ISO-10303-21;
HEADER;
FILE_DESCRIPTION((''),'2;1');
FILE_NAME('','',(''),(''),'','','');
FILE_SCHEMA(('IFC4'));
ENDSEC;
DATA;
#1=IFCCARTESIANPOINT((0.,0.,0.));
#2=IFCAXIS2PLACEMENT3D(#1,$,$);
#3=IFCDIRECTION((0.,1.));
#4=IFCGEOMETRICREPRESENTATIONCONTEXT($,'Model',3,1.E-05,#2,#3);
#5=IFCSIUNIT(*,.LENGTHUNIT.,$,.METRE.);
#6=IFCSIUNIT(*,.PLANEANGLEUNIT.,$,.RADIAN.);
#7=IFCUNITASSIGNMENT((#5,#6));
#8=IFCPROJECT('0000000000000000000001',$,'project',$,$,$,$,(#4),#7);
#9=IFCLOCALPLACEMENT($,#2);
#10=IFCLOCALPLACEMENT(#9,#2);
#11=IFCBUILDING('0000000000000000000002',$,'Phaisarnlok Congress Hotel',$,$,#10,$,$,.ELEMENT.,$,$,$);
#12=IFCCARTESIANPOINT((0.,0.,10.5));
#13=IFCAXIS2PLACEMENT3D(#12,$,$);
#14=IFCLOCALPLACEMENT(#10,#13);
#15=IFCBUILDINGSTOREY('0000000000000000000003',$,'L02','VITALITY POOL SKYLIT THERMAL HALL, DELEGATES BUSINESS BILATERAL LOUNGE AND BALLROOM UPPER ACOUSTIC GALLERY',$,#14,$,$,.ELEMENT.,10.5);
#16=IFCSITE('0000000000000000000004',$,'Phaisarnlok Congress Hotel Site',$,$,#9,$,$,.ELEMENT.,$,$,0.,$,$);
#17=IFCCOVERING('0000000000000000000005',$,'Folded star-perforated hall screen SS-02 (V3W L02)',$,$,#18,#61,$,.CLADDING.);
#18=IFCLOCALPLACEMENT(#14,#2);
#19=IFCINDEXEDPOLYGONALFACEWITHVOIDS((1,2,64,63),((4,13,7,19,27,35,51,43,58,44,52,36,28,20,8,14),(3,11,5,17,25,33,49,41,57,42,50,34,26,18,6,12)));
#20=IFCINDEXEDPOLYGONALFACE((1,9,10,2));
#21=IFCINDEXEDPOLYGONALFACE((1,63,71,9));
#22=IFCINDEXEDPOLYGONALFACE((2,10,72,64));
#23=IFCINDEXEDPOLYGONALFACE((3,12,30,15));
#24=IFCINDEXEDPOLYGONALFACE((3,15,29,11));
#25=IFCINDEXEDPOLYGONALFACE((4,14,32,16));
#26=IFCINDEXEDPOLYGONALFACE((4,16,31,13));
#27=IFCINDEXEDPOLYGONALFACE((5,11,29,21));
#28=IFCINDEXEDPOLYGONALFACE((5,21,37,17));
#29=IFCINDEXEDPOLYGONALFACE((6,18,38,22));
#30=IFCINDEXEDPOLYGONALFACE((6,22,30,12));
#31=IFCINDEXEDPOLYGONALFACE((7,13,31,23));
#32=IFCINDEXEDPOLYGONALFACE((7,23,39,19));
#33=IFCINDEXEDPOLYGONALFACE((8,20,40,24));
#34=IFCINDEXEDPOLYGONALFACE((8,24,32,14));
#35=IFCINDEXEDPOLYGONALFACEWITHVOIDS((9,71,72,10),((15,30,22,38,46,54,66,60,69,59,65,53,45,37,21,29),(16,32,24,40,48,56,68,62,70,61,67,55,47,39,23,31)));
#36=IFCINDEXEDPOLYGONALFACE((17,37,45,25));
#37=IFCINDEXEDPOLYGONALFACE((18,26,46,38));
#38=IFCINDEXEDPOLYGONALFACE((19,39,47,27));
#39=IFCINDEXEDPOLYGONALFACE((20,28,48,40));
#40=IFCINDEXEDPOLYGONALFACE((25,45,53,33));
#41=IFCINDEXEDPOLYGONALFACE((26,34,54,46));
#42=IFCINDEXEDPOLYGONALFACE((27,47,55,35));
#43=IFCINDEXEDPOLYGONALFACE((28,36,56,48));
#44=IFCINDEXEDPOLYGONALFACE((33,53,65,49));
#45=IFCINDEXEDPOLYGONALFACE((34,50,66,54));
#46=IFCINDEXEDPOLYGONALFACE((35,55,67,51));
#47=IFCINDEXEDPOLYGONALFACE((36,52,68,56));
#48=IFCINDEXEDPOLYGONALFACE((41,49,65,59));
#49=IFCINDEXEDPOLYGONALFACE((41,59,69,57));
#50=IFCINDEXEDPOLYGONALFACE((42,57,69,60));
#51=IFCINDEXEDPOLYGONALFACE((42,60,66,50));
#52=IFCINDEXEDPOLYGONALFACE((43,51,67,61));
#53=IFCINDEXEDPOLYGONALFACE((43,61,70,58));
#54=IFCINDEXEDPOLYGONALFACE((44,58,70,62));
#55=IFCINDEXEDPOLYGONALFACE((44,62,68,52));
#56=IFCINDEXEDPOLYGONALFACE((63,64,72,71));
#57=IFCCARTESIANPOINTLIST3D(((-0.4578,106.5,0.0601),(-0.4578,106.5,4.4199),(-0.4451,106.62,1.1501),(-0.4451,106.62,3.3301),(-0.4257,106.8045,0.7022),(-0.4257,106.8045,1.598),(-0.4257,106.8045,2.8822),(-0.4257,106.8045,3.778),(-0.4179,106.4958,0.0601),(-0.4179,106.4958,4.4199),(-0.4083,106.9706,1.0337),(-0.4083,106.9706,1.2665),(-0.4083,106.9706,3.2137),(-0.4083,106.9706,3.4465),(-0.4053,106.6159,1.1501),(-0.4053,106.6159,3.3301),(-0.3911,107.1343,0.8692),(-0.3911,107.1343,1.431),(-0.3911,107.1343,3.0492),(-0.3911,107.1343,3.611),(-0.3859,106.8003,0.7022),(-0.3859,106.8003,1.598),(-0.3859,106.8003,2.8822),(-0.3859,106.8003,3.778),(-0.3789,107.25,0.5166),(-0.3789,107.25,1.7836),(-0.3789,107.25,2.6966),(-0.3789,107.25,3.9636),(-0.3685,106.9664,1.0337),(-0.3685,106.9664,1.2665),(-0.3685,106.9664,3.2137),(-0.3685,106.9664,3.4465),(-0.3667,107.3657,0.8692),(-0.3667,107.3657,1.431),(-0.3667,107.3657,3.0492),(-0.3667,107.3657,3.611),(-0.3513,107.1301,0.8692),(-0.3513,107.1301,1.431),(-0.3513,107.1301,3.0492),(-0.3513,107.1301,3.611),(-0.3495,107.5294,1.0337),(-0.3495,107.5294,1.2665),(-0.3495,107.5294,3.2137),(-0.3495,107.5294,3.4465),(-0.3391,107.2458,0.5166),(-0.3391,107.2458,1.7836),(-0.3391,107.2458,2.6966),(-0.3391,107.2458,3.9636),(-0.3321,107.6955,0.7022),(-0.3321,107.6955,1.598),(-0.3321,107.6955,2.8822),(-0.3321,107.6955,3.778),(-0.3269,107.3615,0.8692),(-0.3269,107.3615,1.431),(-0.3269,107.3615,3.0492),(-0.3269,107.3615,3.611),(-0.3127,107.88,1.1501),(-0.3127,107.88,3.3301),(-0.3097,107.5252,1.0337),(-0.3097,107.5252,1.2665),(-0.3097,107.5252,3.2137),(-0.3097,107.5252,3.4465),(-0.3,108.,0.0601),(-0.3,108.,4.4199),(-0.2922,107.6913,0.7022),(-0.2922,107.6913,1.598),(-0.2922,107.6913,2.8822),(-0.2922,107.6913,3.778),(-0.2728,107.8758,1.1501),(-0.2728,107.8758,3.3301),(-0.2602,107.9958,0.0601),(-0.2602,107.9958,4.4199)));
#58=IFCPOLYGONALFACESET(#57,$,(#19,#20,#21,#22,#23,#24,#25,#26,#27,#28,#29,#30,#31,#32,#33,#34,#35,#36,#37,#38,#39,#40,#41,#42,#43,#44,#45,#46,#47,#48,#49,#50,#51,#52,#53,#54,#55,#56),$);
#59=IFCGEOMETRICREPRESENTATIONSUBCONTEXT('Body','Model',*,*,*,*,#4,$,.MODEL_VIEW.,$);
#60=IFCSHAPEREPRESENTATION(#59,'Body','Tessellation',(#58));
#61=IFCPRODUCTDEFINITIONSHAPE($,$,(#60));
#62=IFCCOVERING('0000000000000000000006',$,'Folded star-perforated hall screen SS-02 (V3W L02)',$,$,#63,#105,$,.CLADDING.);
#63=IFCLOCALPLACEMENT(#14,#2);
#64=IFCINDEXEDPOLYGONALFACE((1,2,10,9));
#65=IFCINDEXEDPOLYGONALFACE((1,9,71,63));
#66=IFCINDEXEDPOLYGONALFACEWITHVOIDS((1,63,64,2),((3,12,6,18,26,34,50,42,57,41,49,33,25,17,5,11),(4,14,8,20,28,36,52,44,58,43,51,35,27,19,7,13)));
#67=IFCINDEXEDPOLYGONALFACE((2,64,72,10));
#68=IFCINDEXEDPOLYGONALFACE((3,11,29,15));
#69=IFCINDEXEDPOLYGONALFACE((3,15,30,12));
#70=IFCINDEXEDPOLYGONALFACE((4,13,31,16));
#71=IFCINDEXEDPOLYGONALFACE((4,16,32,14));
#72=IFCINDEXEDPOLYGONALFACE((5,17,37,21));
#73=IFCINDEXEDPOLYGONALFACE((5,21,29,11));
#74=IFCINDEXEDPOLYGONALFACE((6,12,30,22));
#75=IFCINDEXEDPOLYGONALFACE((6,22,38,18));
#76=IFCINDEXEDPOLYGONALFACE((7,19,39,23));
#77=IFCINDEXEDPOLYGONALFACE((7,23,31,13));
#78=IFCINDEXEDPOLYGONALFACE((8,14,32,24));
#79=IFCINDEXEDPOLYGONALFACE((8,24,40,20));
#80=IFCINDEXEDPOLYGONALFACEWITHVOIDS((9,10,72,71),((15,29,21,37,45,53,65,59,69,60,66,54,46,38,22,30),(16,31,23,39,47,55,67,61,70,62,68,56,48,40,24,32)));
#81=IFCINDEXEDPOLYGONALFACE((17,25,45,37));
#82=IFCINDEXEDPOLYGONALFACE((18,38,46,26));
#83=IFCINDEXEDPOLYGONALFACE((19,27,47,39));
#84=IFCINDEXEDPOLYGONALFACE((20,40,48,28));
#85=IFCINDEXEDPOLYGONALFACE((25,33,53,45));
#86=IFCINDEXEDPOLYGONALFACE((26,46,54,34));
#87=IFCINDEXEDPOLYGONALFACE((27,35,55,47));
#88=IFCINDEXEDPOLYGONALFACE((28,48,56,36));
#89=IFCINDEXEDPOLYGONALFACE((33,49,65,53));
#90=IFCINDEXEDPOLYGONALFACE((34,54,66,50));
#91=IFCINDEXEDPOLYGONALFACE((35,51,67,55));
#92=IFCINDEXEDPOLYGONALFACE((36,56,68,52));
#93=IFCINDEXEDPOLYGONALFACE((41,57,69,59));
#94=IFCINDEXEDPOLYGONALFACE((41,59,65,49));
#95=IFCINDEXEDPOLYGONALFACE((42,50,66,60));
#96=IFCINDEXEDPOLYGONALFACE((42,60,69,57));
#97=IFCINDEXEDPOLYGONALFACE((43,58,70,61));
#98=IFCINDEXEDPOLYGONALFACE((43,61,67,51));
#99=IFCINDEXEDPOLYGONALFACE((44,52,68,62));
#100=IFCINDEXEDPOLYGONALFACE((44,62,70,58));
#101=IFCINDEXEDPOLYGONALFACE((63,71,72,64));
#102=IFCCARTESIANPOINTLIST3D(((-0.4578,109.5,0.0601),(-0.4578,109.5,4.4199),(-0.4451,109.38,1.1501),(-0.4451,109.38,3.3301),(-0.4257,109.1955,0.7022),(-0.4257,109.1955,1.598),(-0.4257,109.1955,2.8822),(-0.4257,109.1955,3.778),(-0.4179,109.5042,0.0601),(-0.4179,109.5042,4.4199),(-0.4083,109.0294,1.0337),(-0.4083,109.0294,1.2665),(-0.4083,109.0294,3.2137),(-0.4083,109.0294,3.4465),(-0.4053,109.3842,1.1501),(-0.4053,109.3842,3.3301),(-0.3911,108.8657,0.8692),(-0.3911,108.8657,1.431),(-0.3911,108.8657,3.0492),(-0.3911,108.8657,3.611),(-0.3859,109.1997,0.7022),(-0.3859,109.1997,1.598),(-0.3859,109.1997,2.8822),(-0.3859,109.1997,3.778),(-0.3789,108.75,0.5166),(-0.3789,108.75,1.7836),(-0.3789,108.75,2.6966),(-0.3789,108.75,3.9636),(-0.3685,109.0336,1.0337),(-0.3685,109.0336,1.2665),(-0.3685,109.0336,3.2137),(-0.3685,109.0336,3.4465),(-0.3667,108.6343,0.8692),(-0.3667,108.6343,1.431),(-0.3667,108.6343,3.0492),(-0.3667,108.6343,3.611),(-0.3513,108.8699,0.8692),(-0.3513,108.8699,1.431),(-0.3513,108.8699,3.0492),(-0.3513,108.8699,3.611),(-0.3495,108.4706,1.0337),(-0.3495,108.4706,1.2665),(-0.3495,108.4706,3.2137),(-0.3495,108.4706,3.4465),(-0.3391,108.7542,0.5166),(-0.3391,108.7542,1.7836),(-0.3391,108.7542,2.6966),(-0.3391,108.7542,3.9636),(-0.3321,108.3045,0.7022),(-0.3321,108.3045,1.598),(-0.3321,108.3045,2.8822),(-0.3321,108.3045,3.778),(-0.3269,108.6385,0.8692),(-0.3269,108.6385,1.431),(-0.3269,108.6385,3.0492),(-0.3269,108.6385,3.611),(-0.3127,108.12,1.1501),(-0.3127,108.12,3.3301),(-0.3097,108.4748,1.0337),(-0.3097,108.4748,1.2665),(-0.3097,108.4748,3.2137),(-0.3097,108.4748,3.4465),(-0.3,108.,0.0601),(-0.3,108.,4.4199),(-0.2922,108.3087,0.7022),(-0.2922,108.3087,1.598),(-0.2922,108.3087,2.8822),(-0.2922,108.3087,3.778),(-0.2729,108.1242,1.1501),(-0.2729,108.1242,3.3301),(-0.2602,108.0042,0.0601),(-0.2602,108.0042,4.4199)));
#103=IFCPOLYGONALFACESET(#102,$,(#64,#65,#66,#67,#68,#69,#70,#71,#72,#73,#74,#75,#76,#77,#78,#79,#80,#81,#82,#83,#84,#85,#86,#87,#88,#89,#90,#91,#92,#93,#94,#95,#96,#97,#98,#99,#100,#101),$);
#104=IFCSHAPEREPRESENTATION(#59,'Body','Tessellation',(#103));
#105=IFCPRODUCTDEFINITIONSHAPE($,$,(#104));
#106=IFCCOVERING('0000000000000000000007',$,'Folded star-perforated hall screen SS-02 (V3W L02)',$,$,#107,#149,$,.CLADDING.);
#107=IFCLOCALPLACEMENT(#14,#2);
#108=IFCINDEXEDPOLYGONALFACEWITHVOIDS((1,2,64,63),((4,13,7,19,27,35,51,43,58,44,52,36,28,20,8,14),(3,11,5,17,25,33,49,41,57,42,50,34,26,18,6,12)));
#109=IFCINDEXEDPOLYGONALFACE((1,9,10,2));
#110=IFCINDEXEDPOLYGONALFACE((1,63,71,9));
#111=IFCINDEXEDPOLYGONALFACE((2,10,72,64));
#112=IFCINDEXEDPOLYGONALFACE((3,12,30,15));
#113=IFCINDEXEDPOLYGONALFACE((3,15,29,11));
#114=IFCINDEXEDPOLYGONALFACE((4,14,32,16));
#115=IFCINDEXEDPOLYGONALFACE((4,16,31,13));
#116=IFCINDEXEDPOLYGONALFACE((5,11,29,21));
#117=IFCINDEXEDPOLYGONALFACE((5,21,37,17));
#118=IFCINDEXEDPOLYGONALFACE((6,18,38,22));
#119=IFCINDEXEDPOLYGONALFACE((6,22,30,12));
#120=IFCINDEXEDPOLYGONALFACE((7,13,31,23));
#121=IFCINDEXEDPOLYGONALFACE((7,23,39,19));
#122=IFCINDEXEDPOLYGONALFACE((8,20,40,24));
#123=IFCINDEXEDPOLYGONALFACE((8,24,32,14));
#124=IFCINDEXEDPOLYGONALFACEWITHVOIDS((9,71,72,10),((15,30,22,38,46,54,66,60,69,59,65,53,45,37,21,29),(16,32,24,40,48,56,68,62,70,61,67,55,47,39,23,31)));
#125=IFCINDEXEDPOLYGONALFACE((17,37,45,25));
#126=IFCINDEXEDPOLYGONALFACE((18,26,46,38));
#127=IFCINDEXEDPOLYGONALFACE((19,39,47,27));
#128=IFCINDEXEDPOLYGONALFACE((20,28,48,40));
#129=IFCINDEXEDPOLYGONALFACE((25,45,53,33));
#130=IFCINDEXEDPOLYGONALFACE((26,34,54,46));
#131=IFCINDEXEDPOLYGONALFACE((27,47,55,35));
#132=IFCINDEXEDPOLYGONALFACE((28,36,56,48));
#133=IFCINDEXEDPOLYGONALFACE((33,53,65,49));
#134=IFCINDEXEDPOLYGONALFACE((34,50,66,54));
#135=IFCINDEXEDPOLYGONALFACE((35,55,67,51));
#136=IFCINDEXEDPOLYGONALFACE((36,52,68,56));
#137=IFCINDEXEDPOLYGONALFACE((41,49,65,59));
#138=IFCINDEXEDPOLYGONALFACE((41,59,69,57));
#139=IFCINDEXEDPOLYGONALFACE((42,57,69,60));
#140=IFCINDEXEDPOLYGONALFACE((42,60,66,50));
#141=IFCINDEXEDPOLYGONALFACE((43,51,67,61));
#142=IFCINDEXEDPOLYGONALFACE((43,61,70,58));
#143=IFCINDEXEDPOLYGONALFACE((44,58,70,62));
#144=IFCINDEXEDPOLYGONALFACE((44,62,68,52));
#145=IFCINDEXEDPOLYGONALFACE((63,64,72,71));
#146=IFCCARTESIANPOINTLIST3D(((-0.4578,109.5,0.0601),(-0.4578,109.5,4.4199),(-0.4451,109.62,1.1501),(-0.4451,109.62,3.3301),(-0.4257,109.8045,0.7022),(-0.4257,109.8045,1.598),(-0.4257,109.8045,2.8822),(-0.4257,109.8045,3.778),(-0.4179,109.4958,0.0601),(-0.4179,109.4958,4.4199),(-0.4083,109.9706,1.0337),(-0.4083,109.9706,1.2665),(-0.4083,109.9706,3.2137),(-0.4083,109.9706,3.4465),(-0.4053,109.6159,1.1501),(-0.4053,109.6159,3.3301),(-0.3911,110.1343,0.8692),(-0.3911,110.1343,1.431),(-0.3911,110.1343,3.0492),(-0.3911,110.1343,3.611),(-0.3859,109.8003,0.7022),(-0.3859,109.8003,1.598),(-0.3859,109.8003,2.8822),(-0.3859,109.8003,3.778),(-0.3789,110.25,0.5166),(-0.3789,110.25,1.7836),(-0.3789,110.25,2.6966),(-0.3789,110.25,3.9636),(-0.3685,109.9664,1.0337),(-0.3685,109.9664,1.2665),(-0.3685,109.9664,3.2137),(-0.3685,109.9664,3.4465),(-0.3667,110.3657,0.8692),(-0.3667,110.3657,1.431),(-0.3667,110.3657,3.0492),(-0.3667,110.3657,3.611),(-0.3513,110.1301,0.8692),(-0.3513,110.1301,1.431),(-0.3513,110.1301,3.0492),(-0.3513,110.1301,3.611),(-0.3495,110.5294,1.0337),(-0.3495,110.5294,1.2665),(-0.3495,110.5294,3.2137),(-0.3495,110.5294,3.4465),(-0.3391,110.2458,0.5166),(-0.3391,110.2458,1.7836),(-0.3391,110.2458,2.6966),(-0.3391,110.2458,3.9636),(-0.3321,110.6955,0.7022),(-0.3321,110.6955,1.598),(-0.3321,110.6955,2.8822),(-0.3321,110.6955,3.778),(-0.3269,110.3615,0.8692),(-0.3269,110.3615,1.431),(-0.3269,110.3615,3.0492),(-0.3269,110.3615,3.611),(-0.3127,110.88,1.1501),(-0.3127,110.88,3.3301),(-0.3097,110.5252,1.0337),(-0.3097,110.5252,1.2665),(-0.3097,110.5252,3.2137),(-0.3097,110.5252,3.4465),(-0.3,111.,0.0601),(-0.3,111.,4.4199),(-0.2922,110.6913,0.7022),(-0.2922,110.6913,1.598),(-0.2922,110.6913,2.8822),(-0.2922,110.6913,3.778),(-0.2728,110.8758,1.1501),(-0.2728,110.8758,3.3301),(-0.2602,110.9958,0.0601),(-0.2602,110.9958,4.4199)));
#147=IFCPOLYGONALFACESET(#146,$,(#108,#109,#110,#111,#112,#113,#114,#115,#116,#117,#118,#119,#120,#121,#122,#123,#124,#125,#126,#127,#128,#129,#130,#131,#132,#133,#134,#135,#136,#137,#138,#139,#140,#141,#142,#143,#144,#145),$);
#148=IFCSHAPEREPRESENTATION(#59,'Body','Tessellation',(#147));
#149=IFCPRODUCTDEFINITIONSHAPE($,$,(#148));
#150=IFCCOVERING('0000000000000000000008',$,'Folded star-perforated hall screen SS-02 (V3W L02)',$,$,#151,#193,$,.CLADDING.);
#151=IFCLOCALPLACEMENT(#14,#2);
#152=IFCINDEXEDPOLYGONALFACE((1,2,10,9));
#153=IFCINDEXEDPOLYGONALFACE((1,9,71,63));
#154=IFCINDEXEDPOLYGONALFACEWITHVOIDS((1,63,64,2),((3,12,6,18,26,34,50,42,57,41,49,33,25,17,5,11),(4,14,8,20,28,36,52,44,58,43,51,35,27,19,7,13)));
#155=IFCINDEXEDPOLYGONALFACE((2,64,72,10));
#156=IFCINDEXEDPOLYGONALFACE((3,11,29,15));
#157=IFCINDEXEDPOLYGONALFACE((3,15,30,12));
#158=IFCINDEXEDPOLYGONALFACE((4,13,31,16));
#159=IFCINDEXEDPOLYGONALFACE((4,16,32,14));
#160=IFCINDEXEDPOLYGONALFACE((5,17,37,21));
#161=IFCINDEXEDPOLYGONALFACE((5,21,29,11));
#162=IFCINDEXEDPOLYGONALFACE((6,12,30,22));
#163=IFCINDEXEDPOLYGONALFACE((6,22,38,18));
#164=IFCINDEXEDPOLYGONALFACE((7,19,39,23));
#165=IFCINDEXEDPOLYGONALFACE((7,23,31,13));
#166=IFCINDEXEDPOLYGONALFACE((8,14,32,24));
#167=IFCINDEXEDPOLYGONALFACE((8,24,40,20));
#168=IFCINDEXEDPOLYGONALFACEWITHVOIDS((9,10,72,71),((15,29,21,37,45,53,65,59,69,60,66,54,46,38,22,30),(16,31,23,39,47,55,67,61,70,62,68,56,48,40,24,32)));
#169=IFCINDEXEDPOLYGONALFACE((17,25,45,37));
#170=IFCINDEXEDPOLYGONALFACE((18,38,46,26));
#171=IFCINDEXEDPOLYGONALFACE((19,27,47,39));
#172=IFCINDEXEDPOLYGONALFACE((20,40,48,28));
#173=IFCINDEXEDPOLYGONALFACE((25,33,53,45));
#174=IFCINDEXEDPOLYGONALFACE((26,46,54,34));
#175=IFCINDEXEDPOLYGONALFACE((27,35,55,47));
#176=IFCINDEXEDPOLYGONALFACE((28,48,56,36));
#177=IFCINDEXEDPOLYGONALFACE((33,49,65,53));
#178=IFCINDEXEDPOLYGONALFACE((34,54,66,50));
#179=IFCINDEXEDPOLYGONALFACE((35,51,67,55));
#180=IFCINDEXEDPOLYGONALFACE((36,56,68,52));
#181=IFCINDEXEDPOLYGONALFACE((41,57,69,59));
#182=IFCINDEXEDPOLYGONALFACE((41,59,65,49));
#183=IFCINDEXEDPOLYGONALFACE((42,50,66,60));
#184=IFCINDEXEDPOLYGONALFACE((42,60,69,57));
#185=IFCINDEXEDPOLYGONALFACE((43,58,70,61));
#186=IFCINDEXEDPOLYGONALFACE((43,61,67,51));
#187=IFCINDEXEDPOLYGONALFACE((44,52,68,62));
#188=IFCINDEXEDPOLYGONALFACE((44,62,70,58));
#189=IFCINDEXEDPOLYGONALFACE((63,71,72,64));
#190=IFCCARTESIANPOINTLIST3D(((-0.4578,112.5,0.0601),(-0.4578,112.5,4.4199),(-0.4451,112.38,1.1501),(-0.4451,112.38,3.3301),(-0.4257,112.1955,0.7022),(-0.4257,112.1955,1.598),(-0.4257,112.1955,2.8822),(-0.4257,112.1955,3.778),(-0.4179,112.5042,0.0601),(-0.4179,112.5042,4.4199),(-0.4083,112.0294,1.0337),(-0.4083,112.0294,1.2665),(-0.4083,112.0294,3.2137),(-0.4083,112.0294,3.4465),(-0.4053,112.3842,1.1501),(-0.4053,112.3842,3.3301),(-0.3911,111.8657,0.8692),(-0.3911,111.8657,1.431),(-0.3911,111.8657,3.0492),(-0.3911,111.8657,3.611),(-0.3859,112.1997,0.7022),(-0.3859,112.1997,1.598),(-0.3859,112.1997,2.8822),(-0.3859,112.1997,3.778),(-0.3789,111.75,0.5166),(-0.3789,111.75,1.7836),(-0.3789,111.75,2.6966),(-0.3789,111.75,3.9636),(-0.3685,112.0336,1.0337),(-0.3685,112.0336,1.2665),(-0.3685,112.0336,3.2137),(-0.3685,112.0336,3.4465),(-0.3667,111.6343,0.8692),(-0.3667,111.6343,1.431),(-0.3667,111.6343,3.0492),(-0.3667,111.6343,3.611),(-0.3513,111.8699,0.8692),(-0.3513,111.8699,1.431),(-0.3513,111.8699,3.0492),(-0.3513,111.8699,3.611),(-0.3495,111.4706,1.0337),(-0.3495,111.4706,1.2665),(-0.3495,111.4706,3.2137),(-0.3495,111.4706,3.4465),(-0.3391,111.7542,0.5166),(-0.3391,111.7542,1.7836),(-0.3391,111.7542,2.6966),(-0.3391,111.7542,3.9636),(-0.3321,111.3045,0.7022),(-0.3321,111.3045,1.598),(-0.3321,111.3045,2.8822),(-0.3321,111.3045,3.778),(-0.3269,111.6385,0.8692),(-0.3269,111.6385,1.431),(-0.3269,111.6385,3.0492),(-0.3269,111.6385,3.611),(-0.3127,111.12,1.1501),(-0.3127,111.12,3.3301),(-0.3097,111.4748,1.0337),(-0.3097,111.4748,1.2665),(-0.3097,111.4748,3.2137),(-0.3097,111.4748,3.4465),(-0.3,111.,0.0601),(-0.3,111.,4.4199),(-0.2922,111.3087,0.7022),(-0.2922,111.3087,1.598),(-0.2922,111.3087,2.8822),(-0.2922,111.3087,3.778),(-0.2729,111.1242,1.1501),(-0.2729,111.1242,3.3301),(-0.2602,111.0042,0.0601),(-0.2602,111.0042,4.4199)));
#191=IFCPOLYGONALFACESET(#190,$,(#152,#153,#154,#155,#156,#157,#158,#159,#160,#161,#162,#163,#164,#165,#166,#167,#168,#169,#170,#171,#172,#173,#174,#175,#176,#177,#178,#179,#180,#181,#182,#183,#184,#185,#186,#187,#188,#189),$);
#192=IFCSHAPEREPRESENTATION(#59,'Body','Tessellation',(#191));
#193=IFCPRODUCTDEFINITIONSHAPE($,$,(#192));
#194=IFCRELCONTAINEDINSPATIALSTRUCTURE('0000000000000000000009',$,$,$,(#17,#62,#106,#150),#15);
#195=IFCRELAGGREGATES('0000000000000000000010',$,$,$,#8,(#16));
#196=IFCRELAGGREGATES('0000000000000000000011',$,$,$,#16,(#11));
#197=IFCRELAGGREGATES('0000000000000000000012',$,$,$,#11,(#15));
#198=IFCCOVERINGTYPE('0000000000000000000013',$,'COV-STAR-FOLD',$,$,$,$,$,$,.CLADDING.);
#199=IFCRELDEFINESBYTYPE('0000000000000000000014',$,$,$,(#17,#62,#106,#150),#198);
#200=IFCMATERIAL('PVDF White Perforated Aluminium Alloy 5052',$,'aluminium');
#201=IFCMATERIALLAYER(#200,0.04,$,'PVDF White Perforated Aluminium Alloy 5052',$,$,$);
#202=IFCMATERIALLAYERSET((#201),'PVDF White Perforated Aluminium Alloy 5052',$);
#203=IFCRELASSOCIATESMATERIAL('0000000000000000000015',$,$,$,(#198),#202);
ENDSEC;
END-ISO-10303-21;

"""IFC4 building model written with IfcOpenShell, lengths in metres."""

from ifc_helpers import new_model, si_unit, direction, frame, origin, place, context, subcontext, project, spatial, polyline, outline, extrude, material, layer, layer_set, type_object, element, save


model = new_model("IFC4")

# Units and contexts
model_context = context("Model", 3, precision=1e-05, world=origin(), true_north=direction((0.0, 1.0)))
body_context = subcontext(model_context, "Body", "Model", "MODEL_VIEW")
ifc_project = project(units=[si_unit("LENGTHUNIT", "METRE"), si_unit("PLANEANGLEUNIT", "RADIAN")], contexts=[model_context])

# Site, building, storey
site_placement = place(None, origin())
site = spatial("IfcSite", under=ifc_project, at=site_placement, Name="Phaisarnlok Congress Hotel Site", CompositionType="ELEMENT", RefElevation=0.0)
building_placement = place(site_placement, origin())
building = spatial("IfcBuilding", under=site, at=building_placement, Name="Phaisarnlok Congress Hotel", CompositionType="ELEMENT")
storey_placement = place(building_placement, frame((0.0, 0.0, 10.5)))
storey = spatial("IfcBuildingStorey", under=building, at=storey_placement, Name="L02", Description="VITALITY POOL SKYLIT THERMAL HALL, DELEGATES BUSINESS BILATERAL LOUNGE AND BALLROOM UPPER ACOUSTIC GALLERY", CompositionType="ELEMENT", Elevation=10.5)

# Coverings
ifc_material_1 = material(Name="PVDF White Perforated Aluminium Alloy 5052", Category="aluminium")
ifc_layer = layer(ifc_material_1, 0.04, Name="PVDF White Perforated Aluminium Alloy 5052")
ifc_layer_set = layer_set([ifc_layer], Name="PVDF White Perforated Aluminium Alloy 5052")
covering_type = type_object("IfcCoveringType", Name="COV-STAR-FOLD", PredefinedType="CLADDING", material=ifc_layer_set)
for number, where, z_axis, x_axis, name in (
    (1, (-0.4578, 106.5, 0.0601), (0.994518, -0.104567, 0.0), (0.104567, 0.994518, 0.0), "Folded star-perforated hall screen SS-02 (V3W L02)"),
    (2, (-0.3, 108.0, 0.0601), (0.994518, 0.104567, 0.0), (-0.104567, 0.994518, 0.0), "Folded star-perforated hall screen SS-02 (V3W L02)"),
    (3, (-0.4578, 109.5, 0.0601), (0.994518, -0.104567, 0.0), (0.104567, 0.994518, 0.0), "Folded star-perforated hall screen SS-02 (V3W L02)"),
    (4, (-0.3, 111.0, 0.0601), (0.994518, 0.104567, 0.0), (-0.104567, 0.994518, 0.0), "Folded star-perforated hall screen SS-02 (V3W L02)"),
):
    element("IfcCovering", number, at=place(storey_placement, frame(where, z_axis=z_axis, x_axis=x_axis)), inside=storey, type_object=covering_type, Name=name, PredefinedType="CLADDING", context=body_context, shape_type="SweptSolid", body=[
        extrude(outline(polyline([(0.0, 0.0), (1.5083, 0.0), (1.5083, 4.3599), (0.0, 4.3599), (0.0, 0.0)]), holes=[polyline([(1.0351, 0.9736), (1.2021, 0.6421), (0.8705, 0.8091), (0.7541, 0.4565), (0.6378, 0.8091), (0.3062, 0.6421), (0.4732, 0.9736), (0.1207, 1.09), (0.4732, 1.2064), (0.3062, 1.5379), (0.6378, 1.3709), (0.7541, 1.7235), (0.8705, 1.3709), (1.2021, 1.5379), (1.0351, 1.2064), (1.3876, 1.09), (1.0351, 0.9736)]), polyline([(1.0351, 3.1536), (1.2021, 2.8221), (0.8705, 2.9891), (0.7541, 2.6365), (0.6378, 2.9891), (0.3062, 2.8221), (0.4732, 3.1536), (0.1207, 3.27), (0.4732, 3.3864), (0.3062, 3.7179), (0.6378, 3.5509), (0.7541, 3.9035), (0.8705, 3.5509), (1.2021, 3.7179), (1.0351, 3.3864), (1.3876, 3.27), (1.0351, 3.1536)])]), origin(), (0.0, 0.0, 1.0), 0.04),
    ])

save(model, "model.ifc")
